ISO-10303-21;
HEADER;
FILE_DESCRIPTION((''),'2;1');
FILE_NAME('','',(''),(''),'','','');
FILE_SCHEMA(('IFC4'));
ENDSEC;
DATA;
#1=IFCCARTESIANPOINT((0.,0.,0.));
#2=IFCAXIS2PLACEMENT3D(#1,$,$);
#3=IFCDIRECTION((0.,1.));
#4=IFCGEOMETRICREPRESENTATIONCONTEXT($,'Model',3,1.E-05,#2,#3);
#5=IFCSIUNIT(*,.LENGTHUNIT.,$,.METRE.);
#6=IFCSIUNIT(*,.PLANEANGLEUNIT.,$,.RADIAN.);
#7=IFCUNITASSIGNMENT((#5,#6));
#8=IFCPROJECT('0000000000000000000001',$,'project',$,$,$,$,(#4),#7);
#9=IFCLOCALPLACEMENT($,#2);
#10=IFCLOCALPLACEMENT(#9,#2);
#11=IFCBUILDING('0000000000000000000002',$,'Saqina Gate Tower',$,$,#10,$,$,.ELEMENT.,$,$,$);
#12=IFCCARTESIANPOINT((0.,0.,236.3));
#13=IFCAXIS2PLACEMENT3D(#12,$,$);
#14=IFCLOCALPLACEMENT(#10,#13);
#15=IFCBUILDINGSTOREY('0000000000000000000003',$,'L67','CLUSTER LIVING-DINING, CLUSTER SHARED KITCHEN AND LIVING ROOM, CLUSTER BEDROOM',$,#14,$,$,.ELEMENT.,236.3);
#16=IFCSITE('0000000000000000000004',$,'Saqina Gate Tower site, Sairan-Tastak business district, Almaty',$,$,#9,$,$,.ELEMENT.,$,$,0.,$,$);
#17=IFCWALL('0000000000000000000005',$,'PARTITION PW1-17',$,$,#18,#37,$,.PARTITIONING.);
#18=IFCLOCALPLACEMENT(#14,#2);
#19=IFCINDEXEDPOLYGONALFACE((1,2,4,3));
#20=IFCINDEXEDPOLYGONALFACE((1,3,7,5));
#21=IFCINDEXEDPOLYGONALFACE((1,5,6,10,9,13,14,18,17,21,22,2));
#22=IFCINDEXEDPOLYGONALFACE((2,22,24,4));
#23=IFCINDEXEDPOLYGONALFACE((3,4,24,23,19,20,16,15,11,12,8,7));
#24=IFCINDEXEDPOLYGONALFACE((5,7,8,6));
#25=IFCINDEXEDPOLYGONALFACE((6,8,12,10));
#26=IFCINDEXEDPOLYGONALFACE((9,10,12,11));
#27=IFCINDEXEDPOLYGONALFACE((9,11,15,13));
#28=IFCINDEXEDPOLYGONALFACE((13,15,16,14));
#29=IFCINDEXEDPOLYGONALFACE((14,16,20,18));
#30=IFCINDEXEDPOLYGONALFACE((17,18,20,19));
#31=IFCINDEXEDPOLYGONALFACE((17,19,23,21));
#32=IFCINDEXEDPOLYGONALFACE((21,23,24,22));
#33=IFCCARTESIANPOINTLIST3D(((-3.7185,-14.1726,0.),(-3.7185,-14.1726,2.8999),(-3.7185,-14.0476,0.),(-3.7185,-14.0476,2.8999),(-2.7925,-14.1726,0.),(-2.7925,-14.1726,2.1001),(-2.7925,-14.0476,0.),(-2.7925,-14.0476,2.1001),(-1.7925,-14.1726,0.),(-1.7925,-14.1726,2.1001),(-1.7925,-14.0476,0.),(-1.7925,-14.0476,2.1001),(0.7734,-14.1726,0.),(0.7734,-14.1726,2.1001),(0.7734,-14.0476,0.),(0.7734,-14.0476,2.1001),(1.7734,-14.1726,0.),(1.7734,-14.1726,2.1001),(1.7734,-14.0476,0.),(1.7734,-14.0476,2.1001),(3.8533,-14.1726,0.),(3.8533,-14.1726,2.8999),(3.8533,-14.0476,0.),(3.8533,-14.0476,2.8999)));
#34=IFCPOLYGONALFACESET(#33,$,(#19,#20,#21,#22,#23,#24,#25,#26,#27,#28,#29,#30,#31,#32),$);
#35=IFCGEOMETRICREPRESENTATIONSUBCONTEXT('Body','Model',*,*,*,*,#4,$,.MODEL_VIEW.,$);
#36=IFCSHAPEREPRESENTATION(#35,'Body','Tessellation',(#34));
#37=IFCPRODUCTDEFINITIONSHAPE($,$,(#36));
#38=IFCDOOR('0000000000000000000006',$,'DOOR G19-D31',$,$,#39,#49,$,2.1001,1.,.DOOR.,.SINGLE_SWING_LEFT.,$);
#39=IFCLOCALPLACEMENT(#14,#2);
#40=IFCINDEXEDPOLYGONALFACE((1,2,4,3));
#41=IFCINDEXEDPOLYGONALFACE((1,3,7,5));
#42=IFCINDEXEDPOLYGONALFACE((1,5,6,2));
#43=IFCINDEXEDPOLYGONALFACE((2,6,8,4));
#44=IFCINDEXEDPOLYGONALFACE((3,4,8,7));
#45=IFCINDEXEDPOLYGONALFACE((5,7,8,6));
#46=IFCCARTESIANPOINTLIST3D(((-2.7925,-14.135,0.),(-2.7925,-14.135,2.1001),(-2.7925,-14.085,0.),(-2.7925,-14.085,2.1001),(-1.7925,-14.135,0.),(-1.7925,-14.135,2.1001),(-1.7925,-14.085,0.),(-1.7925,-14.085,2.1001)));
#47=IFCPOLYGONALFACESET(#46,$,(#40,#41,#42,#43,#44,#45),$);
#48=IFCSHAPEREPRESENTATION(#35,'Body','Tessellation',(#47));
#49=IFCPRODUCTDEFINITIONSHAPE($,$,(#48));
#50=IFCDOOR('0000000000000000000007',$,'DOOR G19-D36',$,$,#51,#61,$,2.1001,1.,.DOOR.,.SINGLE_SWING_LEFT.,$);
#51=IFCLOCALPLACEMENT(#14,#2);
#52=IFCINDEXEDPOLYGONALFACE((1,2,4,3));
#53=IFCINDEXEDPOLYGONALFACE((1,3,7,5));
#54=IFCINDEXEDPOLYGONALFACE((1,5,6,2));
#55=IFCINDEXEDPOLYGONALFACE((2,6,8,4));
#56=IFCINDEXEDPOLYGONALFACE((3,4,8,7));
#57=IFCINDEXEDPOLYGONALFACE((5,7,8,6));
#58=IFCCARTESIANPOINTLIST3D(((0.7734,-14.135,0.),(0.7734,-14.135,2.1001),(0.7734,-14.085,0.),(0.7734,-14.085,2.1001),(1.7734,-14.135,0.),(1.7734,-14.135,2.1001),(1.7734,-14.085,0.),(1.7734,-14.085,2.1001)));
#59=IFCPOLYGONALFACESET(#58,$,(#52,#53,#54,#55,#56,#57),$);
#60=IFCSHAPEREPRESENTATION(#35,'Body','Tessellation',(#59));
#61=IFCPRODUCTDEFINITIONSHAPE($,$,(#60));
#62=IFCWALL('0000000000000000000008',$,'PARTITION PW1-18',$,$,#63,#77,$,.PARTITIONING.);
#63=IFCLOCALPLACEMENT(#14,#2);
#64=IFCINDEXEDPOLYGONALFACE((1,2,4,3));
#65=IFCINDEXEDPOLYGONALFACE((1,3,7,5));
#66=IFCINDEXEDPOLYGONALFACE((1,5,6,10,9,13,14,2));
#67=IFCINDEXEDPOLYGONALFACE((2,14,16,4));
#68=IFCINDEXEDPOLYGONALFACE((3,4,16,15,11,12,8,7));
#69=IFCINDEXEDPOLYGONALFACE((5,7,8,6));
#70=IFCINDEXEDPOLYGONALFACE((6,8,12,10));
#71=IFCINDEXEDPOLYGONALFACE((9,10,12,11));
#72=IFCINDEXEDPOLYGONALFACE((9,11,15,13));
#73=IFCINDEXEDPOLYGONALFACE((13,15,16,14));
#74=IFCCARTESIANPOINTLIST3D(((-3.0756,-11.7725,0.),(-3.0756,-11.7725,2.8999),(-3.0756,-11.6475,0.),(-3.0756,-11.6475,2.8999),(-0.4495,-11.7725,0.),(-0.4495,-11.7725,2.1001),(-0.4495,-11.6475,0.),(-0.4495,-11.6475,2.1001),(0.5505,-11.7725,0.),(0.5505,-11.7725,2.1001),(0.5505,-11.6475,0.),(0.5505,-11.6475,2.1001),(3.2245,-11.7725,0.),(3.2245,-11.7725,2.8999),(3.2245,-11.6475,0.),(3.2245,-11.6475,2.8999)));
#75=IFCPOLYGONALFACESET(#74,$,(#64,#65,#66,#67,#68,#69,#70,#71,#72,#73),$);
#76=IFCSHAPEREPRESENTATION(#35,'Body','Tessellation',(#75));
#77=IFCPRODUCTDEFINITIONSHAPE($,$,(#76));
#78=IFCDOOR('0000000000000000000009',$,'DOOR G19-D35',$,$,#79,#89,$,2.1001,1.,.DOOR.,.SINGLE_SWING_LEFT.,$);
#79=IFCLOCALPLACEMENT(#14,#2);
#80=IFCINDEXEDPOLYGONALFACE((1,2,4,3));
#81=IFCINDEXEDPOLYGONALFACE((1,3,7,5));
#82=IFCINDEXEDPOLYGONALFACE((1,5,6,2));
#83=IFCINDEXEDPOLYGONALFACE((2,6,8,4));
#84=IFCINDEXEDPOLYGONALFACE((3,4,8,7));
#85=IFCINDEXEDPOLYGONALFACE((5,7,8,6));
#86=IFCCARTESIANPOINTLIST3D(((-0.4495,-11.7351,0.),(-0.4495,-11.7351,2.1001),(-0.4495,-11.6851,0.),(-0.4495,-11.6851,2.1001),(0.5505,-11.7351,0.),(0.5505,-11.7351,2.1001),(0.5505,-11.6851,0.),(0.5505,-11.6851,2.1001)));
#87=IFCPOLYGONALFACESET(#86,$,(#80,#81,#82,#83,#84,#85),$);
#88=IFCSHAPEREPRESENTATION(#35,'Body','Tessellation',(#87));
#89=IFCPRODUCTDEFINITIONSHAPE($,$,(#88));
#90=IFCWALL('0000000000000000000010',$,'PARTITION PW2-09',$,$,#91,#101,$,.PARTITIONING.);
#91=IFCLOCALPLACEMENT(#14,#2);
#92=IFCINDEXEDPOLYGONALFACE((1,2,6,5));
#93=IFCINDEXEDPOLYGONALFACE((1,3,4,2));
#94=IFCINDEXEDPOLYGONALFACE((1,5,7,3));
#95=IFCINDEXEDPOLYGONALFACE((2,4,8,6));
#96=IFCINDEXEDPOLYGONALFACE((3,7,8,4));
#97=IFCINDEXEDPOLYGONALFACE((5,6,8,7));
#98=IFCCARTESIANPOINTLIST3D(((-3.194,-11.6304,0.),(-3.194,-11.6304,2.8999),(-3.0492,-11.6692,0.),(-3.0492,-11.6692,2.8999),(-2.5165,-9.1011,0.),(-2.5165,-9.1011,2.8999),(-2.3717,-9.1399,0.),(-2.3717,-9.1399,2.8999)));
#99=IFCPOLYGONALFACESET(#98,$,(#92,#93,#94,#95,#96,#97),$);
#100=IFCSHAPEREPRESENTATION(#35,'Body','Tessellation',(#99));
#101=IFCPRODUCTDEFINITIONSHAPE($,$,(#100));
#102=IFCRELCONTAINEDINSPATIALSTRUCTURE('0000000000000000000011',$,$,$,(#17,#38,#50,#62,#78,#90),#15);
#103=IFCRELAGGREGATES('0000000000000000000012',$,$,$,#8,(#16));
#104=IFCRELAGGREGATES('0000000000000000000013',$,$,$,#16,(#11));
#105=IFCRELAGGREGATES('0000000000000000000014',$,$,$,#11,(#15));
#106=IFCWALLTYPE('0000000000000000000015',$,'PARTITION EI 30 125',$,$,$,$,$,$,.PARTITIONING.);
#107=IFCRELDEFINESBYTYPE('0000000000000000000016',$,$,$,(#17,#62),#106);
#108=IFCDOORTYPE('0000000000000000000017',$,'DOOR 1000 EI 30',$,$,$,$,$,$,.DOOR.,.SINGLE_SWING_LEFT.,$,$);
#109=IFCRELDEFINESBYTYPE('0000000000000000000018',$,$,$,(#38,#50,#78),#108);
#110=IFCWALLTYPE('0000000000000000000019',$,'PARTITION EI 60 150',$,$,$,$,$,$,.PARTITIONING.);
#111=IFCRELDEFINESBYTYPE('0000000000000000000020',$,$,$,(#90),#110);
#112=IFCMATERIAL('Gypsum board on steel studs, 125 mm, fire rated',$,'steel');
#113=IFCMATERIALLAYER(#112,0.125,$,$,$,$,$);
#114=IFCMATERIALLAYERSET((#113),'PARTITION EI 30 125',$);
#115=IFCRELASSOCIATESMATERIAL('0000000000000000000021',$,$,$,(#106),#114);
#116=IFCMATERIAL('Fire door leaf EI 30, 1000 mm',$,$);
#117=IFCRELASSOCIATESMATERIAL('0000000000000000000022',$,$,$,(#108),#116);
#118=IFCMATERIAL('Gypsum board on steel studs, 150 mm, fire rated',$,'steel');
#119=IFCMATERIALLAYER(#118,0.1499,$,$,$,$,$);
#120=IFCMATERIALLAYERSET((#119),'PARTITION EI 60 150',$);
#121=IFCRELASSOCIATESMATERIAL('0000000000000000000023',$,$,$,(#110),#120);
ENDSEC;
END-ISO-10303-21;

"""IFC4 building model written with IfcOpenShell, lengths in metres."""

from ifc_helpers import new_model, si_unit, direction, frame, frame_2d, origin, place, context, subcontext, project, spatial, rectangle, extrude, material, layer, layer_set, type_object, element, fill, save


model = new_model("IFC4")

# Units and contexts
model_context = context("Model", 3, precision=1e-05, world=origin(), true_north=direction((0.0, 1.0)))
body_context = subcontext(model_context, "Body", "Model", "MODEL_VIEW")
ifc_project = project(units=[si_unit("LENGTHUNIT", "METRE"), si_unit("PLANEANGLEUNIT", "RADIAN")], contexts=[model_context])

# Site, building, storey
site_placement = place(None, origin())
site = spatial("IfcSite", under=ifc_project, at=site_placement, Name="Saqina Gate Tower site, Sairan-Tastak business district, Almaty", CompositionType="ELEMENT", RefElevation=0.0)
building_placement = place(site_placement, origin())
building = spatial("IfcBuilding", under=site, at=building_placement, Name="Saqina Gate Tower", CompositionType="ELEMENT")
storey_placement = place(building_placement, frame((0.0, 0.0, 236.3)))
storey = spatial("IfcBuildingStorey", under=building, at=storey_placement, Name="L67", Description="CLUSTER LIVING-DINING, CLUSTER SHARED KITCHEN AND LIVING ROOM, CLUSTER BEDROOM", CompositionType="ELEMENT", Elevation=236.3)

# Wall, openings, doors
ifc_material_1 = material(Name="Gypsum board on steel studs, 125 mm, fire rated", Category="steel")
ifc_layer_1 = layer(ifc_material_1, 0.125)
ifc_layer_set_1 = layer_set([ifc_layer_1], Name="PARTITION EI 30 125")
wall_type_1 = type_object("IfcWallType", Name="PARTITION EI 30 125", PredefinedType="PARTITIONING", material=ifc_layer_set_1)
wall_1_placement = place(storey_placement, frame((-3.7185, -14.1101, 0.0), z_axis=(0.0, 0.0, 1.0), x_axis=(1.0, 0.0, 0.0)))
wall_1 = element("IfcWall", 1, at=wall_1_placement, inside=storey, type_object=wall_type_1, Name="PARTITION PW1-17", PredefinedType="PARTITIONING", context=body_context, shape_type="SweptSolid", body=[
    extrude(rectangle(XDim=7.5718, YDim=0.125, at=frame_2d((3.7859, 0.0))), origin(), (0.0, 0.0, 1.0), 2.8999),
])
opening_1_placement = place(wall_1_placement, frame((0.926, 0.0, 0.0)))
opening_1 = element("IfcOpeningElement", 2, at=opening_1_placement, cuts=wall_1, PredefinedType="OPENING", context=body_context, shape_type="SweptSolid", body=[
    extrude(rectangle(XDim=1.0, YDim=2.1001, at=frame_2d((0.5, 1.05))), frame((0.0, 0.0745, 0.0), z_axis=(0.0, -1.0, 0.0), x_axis=(1.0, 0.0, 0.0)), (0.0, 0.0, 1.0), 0.1489),
])
opening_2_placement = place(wall_1_placement, frame((4.4919, 0.0, 0.0)))
opening_2 = element("IfcOpeningElement", 3, at=opening_2_placement, cuts=wall_1, PredefinedType="OPENING", context=body_context, shape_type="SweptSolid", body=[
    extrude(rectangle(XDim=1.0, YDim=2.1001, at=frame_2d((0.5, 1.05))), frame((0.0, 0.0745, 0.0), z_axis=(0.0, -1.0, 0.0), x_axis=(1.0, 0.0, 0.0)), (0.0, 0.0, 1.0), 0.1489),
])
ifc_material_2 = material(Name="Fire door leaf EI 30, 1000 mm")
door_type_1 = type_object("IfcDoorType", Name="DOOR 1000 EI 30", OperationType="SINGLE_SWING_LEFT", PredefinedType="DOOR", material=ifc_material_2)
door_1_placement = place(opening_1_placement, frame((1.0, 0.0, 0.0), z_axis=(0.0, 0.0, 1.0), x_axis=(-1.0, 0.0, 0.0)))
door_1 = element("IfcDoor", 4, at=door_1_placement, inside=storey, type_object=door_type_1, Name="DOOR G19-D31", OperationType="SINGLE_SWING_LEFT", OverallHeight=2.1001, OverallWidth=1.0, PredefinedType="DOOR", context=body_context, shape_type="SweptSolid", body=[
    extrude(rectangle(XDim=1.0, YDim=2.1001, at=frame_2d((0.5, 1.05))), frame((0.0, 0.0249, 0.0), z_axis=(0.0, -1.0, 0.0), x_axis=(1.0, 0.0, 0.0)), (0.0, 0.0, 1.0), 0.05),
])
fill(opening_1, door_1)
door_2_placement = place(opening_2_placement, frame((1.0, 0.0, 0.0), z_axis=(0.0, 0.0, 1.0), x_axis=(-1.0, 0.0, 0.0)))
door_2 = element("IfcDoor", 5, at=door_2_placement, inside=storey, type_object=door_type_1, Name="DOOR G19-D36", OperationType="SINGLE_SWING_LEFT", OverallHeight=2.1001, OverallWidth=1.0, PredefinedType="DOOR", context=body_context, shape_type="SweptSolid", body=[
    extrude(rectangle(XDim=1.0, YDim=2.1001, at=frame_2d((0.5, 1.05))), frame((0.0, 0.0249, 0.0), z_axis=(0.0, -1.0, 0.0), x_axis=(1.0, 0.0, 0.0)), (0.0, 0.0, 1.0), 0.05),
])
fill(opening_2, door_2)

# Wall, opening, door
wall_2_placement = place(storey_placement, frame((-3.0754, -11.71, 0.0), z_axis=(0.0, 0.0, 1.0), x_axis=(1.0, 0.0, 0.0)))
wall_2 = element("IfcWall", 6, at=wall_2_placement, inside=storey, type_object=wall_type_1, Name="PARTITION PW1-18", PredefinedType="PARTITIONING", context=body_context, shape_type="SweptSolid", body=[
    extrude(rectangle(XDim=6.3, YDim=0.125, at=frame_2d((3.1499, 0.0))), origin(), (0.0, 0.0, 1.0), 2.8999),
])
opening_3_placement = place(wall_2_placement, frame((2.626, 0.0, 0.0)))
opening_3 = element("IfcOpeningElement", 7, at=opening_3_placement, cuts=wall_2, PredefinedType="OPENING", context=body_context, shape_type="SweptSolid", body=[
    extrude(rectangle(XDim=1.0, YDim=2.1001, at=frame_2d((0.5, 1.05))), frame((0.0, 0.0745, 0.0), z_axis=(0.0, -1.0, 0.0), x_axis=(1.0, 0.0, 0.0)), (0.0, 0.0, 1.0), 0.1489),
])
door_3_placement = place(opening_3_placement, origin())
door_3 = element("IfcDoor", 8, at=door_3_placement, inside=storey, type_object=door_type_1, Name="DOOR G19-D35", OperationType="SINGLE_SWING_LEFT", OverallHeight=2.1001, OverallWidth=1.0, PredefinedType="DOOR", context=body_context, shape_type="SweptSolid", body=[
    extrude(rectangle(XDim=1.0, YDim=2.1001, at=frame_2d((0.5, 1.05))), frame((0.0, 0.0249, 0.0), z_axis=(0.0, -1.0, 0.0), x_axis=(1.0, 0.0, 0.0)), (0.0, 0.0, 1.0), 0.05),
])
fill(opening_3, door_3)

# Wall
ifc_material_3 = material(Name="Gypsum board on steel studs, 150 mm, fire rated", Category="steel")
ifc_layer_2 = layer(ifc_material_3, 0.1499)
ifc_layer_set_2 = layer_set([ifc_layer_2], Name="PARTITION EI 60 150")
wall_type_2 = type_object("IfcWallType", Name="PARTITION EI 60 150", PredefinedType="PARTITIONING", material=ifc_layer_set_2)
wall_3_placement = place(storey_placement, frame((-3.1216, -11.6497, 0.0), z_axis=(0.0, 0.0, 1.0), x_axis=(0.258736, 0.965948, 0.0)))
element("IfcWall", 9, at=wall_3_placement, inside=storey, type_object=wall_type_2, Name="PARTITION PW2-09", PredefinedType="PARTITIONING", context=body_context, shape_type="SweptSolid", body=[
    extrude(rectangle(XDim=2.6184, YDim=0.1499, at=frame_2d((1.3091, 0.0))), origin(), (0.0, 0.0, 1.0), 2.8999),
])

save(model, "model.ifc")
